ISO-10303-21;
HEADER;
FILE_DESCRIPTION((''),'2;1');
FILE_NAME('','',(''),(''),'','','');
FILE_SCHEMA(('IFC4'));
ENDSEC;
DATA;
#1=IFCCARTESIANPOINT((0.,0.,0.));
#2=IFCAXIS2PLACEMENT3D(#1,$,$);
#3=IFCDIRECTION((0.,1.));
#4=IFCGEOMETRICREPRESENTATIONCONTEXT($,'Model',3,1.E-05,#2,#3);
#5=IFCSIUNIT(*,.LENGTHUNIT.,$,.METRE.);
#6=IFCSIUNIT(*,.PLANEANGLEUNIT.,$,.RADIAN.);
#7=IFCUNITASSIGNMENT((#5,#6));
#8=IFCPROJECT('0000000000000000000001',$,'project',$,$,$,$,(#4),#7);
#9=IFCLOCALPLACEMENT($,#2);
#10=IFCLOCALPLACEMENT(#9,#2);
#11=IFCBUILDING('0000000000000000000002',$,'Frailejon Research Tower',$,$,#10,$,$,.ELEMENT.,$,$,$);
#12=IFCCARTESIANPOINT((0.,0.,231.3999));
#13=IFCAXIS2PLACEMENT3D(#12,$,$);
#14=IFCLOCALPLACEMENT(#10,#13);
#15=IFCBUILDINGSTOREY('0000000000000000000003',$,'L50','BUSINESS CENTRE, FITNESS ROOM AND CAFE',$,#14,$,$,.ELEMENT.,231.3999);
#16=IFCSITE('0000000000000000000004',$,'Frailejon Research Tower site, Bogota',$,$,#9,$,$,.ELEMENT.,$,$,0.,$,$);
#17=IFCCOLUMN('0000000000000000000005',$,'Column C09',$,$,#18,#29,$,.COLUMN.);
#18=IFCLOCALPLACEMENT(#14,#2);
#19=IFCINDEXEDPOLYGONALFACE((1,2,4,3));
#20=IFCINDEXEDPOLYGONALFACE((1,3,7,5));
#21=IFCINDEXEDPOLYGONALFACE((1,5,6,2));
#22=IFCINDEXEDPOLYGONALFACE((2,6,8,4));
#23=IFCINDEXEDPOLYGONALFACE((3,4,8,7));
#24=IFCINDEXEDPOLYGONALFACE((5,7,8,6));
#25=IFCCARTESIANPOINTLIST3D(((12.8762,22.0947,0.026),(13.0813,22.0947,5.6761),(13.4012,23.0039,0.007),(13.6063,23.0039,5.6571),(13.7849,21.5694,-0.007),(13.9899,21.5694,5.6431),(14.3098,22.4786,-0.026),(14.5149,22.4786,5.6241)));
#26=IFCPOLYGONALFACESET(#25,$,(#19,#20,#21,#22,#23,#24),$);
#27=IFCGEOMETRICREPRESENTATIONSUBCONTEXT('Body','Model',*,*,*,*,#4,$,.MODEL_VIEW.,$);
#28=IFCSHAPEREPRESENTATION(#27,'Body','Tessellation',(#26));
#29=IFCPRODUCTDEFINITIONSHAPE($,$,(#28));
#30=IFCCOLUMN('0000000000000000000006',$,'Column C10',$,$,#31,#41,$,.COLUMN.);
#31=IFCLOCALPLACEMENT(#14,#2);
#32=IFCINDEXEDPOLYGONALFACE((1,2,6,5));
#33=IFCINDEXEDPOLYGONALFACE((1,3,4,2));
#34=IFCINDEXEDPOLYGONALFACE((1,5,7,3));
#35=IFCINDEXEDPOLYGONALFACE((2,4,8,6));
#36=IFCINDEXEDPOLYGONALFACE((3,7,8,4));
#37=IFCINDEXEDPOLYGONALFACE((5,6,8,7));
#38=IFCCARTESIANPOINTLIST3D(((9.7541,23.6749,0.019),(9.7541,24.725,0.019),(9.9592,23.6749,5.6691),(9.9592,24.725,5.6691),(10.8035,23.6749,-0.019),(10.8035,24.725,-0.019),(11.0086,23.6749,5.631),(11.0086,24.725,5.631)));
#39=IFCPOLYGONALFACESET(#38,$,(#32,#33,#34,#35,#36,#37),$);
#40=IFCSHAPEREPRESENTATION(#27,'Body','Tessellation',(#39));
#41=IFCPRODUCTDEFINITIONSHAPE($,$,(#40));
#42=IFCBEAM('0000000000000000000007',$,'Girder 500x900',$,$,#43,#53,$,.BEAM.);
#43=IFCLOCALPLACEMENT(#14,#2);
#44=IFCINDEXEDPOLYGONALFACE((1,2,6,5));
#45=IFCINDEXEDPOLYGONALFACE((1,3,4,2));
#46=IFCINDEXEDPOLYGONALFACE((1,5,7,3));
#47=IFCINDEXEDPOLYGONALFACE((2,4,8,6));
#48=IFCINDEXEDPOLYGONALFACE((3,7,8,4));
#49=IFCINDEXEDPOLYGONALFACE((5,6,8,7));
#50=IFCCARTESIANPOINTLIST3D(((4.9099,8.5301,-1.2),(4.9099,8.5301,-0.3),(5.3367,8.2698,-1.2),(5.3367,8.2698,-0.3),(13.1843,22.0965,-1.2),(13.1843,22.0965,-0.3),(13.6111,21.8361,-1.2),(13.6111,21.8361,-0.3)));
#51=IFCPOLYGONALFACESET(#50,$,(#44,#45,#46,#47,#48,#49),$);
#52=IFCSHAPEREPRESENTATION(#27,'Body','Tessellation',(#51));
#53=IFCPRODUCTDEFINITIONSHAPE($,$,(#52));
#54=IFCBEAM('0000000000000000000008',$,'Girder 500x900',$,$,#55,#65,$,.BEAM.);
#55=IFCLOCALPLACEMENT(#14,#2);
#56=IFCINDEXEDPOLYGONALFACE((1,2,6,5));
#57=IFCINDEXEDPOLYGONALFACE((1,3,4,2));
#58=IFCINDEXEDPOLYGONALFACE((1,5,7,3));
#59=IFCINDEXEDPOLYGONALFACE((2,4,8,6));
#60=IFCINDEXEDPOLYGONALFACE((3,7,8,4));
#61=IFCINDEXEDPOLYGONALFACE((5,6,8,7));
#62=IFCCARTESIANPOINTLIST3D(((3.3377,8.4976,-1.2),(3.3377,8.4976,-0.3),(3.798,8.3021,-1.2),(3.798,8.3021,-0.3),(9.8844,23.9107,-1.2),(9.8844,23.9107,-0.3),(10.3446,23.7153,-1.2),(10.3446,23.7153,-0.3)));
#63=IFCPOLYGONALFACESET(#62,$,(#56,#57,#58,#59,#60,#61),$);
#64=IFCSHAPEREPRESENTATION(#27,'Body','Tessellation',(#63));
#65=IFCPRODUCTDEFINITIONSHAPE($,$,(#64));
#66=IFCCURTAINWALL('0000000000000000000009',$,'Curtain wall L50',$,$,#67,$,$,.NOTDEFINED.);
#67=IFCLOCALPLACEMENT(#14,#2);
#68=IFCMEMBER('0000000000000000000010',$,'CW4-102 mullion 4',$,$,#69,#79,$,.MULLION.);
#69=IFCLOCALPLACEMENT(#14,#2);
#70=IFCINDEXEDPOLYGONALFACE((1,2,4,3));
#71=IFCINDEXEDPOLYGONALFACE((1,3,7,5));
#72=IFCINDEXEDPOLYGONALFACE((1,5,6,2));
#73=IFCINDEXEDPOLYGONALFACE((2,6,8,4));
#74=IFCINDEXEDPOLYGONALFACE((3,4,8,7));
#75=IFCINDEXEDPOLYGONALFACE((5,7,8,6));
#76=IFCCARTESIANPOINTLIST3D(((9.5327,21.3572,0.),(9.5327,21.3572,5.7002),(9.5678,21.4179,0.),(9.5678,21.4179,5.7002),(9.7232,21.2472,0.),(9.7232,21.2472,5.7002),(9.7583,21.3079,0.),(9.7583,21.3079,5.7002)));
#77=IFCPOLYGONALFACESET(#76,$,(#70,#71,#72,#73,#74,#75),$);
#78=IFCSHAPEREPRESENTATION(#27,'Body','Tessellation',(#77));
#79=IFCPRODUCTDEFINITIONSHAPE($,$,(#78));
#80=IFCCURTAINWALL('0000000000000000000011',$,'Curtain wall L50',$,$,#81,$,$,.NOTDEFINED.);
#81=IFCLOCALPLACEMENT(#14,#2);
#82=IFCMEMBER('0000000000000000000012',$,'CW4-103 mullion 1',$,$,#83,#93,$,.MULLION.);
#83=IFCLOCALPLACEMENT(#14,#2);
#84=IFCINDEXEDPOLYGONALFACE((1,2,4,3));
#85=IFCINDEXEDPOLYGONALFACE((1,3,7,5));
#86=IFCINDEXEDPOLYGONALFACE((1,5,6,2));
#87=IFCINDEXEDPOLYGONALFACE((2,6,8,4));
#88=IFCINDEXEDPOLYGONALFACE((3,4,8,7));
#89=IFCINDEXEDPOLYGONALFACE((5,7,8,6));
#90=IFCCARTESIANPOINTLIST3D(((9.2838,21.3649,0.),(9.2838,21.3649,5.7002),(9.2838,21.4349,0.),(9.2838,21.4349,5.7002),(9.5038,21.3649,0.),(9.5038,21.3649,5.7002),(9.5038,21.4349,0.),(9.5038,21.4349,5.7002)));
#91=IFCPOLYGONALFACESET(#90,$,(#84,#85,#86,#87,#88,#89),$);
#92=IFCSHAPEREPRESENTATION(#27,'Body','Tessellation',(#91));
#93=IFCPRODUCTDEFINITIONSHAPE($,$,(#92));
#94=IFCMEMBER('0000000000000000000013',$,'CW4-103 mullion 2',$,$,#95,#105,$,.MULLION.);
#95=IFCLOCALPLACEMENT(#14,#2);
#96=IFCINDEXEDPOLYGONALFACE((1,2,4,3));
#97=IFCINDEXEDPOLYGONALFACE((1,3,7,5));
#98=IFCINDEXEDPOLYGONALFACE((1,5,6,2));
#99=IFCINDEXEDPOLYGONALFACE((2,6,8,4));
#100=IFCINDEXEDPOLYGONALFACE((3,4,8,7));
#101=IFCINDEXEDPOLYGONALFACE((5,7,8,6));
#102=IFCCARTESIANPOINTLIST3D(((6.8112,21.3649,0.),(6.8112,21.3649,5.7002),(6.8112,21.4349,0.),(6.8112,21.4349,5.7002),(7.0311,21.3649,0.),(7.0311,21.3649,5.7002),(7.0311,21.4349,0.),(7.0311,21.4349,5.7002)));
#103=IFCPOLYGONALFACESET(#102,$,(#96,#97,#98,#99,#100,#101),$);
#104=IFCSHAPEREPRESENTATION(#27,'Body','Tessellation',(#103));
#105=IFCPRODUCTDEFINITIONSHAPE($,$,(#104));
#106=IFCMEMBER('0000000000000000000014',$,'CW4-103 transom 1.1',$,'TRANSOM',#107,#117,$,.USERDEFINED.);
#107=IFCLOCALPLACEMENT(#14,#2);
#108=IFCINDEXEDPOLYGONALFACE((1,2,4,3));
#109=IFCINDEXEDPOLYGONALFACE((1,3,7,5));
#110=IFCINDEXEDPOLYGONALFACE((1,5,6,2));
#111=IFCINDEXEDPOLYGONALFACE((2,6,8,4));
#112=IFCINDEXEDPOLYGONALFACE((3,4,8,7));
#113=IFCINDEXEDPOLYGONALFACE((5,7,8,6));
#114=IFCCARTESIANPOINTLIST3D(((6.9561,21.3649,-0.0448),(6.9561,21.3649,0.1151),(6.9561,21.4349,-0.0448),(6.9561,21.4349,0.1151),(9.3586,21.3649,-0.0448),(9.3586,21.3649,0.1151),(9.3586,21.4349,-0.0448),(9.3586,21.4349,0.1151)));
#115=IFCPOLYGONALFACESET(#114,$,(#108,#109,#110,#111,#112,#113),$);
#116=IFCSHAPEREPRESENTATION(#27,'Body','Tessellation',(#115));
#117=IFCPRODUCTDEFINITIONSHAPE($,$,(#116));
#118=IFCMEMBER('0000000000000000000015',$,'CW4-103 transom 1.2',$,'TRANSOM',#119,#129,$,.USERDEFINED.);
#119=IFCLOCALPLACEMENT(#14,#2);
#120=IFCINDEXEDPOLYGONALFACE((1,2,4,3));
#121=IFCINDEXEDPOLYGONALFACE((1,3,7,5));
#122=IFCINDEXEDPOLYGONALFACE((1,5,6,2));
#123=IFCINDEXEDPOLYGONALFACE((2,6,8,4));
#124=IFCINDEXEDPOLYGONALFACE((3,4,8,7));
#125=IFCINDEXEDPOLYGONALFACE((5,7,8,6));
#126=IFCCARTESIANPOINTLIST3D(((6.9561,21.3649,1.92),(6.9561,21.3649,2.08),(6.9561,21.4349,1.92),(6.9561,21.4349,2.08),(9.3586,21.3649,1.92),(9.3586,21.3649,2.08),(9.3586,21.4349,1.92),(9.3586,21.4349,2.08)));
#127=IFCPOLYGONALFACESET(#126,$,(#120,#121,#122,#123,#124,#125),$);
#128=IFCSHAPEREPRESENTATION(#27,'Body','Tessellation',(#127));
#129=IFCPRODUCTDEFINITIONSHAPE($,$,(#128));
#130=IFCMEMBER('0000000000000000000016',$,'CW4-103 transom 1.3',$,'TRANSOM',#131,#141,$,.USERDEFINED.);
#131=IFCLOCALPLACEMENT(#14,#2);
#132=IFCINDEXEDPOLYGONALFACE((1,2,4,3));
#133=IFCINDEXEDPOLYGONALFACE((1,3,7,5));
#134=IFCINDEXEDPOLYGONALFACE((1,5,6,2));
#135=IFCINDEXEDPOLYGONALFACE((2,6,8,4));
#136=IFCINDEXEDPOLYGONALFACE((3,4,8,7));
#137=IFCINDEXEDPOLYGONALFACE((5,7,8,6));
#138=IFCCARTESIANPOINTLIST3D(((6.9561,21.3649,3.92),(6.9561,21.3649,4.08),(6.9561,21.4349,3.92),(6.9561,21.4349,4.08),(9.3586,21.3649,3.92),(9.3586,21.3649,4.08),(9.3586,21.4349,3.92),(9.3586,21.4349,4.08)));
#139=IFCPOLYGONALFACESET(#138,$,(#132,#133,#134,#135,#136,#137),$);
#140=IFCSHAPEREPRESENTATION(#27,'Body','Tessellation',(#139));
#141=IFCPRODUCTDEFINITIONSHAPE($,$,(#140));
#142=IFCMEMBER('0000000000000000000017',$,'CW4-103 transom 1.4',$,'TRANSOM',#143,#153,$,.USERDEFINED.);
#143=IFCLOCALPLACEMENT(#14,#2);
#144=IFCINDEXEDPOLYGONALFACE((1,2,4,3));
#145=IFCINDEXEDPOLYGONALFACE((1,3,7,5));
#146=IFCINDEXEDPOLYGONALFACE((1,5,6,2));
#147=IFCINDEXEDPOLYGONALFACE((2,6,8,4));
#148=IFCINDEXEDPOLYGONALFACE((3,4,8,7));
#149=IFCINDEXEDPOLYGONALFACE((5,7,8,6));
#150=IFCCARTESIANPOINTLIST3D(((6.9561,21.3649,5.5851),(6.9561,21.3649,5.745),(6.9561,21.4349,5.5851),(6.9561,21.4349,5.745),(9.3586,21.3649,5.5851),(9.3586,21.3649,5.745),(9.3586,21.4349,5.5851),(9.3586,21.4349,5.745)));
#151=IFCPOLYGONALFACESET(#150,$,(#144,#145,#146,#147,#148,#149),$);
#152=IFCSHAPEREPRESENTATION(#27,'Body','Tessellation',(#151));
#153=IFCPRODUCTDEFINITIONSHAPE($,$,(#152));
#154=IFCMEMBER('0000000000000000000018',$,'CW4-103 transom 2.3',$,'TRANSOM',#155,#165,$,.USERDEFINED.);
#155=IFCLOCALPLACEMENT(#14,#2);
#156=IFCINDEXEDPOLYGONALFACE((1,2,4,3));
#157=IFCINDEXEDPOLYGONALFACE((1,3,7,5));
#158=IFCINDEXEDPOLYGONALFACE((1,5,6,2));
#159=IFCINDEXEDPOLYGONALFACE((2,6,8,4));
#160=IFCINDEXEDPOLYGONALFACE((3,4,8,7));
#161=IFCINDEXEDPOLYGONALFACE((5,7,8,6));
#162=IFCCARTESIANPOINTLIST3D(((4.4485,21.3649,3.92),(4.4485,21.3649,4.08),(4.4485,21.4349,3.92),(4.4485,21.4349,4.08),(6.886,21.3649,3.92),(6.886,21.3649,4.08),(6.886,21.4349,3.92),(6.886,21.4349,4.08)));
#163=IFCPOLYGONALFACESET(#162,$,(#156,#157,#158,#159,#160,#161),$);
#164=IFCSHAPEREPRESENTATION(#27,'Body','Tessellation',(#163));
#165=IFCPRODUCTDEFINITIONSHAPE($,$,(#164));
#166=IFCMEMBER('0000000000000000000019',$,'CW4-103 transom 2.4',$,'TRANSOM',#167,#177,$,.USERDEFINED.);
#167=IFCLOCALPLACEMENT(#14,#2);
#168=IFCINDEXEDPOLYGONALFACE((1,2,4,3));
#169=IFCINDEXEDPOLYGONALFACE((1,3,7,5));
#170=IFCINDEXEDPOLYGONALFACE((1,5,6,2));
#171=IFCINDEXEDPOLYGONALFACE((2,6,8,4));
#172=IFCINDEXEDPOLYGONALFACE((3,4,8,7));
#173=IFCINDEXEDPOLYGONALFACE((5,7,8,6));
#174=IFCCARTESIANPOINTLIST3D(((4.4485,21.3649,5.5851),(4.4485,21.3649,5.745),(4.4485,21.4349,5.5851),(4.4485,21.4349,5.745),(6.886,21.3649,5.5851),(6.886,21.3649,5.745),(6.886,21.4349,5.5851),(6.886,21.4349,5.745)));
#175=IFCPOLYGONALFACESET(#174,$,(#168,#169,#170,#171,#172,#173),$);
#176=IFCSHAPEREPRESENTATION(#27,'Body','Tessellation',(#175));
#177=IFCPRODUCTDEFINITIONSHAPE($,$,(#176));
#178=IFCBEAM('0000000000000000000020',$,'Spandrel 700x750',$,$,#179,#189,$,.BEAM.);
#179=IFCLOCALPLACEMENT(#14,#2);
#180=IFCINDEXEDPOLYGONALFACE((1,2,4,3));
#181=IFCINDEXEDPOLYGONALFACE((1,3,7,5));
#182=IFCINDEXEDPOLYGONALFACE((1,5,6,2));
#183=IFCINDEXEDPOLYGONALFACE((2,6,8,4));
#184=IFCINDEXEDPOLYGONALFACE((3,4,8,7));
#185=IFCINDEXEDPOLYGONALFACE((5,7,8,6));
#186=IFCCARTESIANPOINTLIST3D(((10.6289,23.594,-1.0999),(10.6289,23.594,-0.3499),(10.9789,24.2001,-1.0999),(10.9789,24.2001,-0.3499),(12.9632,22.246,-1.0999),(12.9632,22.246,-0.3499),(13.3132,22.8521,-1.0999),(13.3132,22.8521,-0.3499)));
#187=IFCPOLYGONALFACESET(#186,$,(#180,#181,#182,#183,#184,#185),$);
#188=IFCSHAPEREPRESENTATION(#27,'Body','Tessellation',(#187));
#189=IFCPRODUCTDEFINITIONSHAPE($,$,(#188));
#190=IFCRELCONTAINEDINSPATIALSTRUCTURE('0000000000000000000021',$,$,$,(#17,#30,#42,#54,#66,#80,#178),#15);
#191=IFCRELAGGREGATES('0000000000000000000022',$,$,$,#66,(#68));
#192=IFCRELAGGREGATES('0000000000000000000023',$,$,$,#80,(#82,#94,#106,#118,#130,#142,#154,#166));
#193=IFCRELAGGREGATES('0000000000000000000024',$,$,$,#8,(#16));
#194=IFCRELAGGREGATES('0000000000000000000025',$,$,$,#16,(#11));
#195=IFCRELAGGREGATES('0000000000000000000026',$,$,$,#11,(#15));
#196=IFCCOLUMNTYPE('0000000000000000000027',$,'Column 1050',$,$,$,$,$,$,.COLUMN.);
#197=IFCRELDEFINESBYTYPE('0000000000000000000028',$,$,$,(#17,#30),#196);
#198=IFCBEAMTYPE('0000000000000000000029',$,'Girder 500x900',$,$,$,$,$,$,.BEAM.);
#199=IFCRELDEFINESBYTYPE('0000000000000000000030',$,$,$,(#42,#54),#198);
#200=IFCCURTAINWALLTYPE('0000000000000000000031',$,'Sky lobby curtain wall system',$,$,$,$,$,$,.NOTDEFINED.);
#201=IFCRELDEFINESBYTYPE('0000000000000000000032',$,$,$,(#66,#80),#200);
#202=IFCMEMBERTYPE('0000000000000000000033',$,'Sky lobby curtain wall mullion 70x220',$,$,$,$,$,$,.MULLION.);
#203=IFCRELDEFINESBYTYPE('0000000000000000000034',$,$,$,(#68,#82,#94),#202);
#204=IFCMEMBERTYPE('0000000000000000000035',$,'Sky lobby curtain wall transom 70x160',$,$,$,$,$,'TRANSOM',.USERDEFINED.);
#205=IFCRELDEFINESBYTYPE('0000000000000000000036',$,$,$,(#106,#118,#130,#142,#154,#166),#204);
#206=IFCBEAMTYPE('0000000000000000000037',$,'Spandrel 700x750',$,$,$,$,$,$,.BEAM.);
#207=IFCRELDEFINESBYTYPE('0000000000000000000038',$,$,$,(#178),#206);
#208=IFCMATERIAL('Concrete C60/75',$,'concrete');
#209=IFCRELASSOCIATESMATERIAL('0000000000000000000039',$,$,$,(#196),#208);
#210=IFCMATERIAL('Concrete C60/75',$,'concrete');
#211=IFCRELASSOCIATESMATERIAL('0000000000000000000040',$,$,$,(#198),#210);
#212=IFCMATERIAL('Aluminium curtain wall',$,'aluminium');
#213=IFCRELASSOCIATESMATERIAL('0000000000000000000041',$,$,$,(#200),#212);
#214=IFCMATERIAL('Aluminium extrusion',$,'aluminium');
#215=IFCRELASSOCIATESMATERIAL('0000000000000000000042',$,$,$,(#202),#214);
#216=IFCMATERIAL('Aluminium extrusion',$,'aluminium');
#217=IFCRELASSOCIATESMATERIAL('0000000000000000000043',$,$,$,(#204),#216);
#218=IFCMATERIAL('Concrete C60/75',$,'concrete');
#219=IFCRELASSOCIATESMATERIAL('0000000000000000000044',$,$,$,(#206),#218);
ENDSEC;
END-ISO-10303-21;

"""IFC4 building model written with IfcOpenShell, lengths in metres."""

from ifc_helpers import new_model, si_unit, direction, frame, origin, origin_2d, place, context, subcontext, project, spatial, rectangle, extrude, material, material_profile, profile_set, type_object, element, aggregate, save


model = new_model("IFC4")

# Units and contexts
model_context = context("Model", 3, precision=1e-05, world=origin(), true_north=direction((0.0, 1.0)))
body_context = subcontext(model_context, "Body", "Model", "MODEL_VIEW")
ifc_project = project(units=[si_unit("LENGTHUNIT", "METRE"), si_unit("PLANEANGLEUNIT", "RADIAN")], contexts=[model_context])

# Site, building, storey
site_placement = place(None, origin())
site = spatial("IfcSite", under=ifc_project, at=site_placement, Name="Frailejon Research Tower site, Bogota", CompositionType="ELEMENT", RefElevation=0.0)
building_placement = place(site_placement, origin())
building = spatial("IfcBuilding", under=site, at=building_placement, Name="Frailejon Research Tower", CompositionType="ELEMENT")
storey_placement = place(building_placement, frame((0.0, 0.0, 231.3999)))
storey = spatial("IfcBuildingStorey", under=building, at=storey_placement, Name="L50", Description="BUSINESS CENTRE, FITNESS ROOM AND CAFE", CompositionType="ELEMENT", Elevation=231.3999)

# Columns
ifc_material_1 = material(Name="Concrete C60/75", Category="concrete")
ifc_material_profile_1 = material_profile(ifc_material_1, rectangle(XDim=1.05, YDim=1.05, at=origin_2d()), Name="Column 1050")
ifc_profile_set_1 = profile_set([ifc_material_profile_1], Name="Concrete C60/75")
column_type = type_object("IfcColumnType", Name="Column 1050", PredefinedType="COLUMN", material=ifc_profile_set_1)
for number, where, z_axis, x_axis, name in (
    (1, (13.593, 22.2866, 0.0), (0.036272, 0.0, 0.999342), (-0.865313, 0.500246, 0.031407), "Column C09"),
    (2, (10.2788, 24.2, 0.0), (0.036272, 0.0, 0.999342), (-0.999342, 0.0, 0.036272), "Column C10"),
):
    element("IfcColumn", number, at=place(storey_placement, frame(where, z_axis=z_axis, x_axis=x_axis)), inside=storey, type_object=column_type, Name=name, PredefinedType="COLUMN", context=body_context, shape_type="SweptSolid", body=[
        extrude(rectangle(XDim=1.05, YDim=1.05, at=origin_2d()), origin(), (0.0, 0.0, 1.0), 5.6538),
    ])

# Beams
ifc_material_2 = material(Name="Concrete C60/75", Category="concrete")
ifc_material_profile_2 = material_profile(ifc_material_2, rectangle(XDim=0.5, YDim=0.8999, at=origin_2d()), Name="Girder 500x900")
ifc_profile_set_2 = profile_set([ifc_material_profile_2], Name="Concrete C60/75")
beam_type_1 = type_object("IfcBeamType", Name="Girder 500x900", PredefinedType="BEAM", material=ifc_profile_set_2)
beam_1_placement = place(storey_placement, frame((13.3977, 21.9663, -0.75), z_axis=(-0.520709, -0.853734, 0.0), x_axis=(0.853734, -0.520709, 0.0)))
element("IfcBeam", 3, at=beam_1_placement, inside=storey, type_object=beam_type_1, Name="Girder 500x900", PredefinedType="BEAM", context=body_context, shape_type="SweptSolid", body=[
    extrude(rectangle(XDim=0.5, YDim=0.8999, at=origin_2d()), origin(), (0.0, 0.0, 1.0), 15.8906),
])
beam_2_placement = place(storey_placement, frame((10.1145, 23.813, -0.75), z_axis=(-0.390942, -0.920415, 0.0), x_axis=(0.920415, -0.390942, 0.0)))
element("IfcBeam", 4, at=beam_2_placement, inside=storey, type_object=beam_type_1, Name="Girder 500x900", PredefinedType="BEAM", context=body_context, shape_type="SweptSolid", body=[
    extrude(rectangle(XDim=0.5, YDim=0.8999, at=origin_2d()), origin(), (0.0, 0.0, 1.0), 16.7458),
])

# Curtain wall, member
ifc_material_3 = material(Name="Aluminium curtain wall", Category="aluminium")
curtain_wall_type = type_object("IfcCurtainWallType", Name="Sky lobby curtain wall system", PredefinedType="NOTDEFINED", material=ifc_material_3)
curtain_wall_1_placement = place(storey_placement, origin())
curtain_wall_1 = element("IfcCurtainWall", 5, at=curtain_wall_1_placement, inside=storey, type_object=curtain_wall_type, Name="Curtain wall L50", PredefinedType="NOTDEFINED")
ifc_material_4 = material(Name="Aluminium extrusion", Category="aluminium")
ifc_material_profile_3 = material_profile(ifc_material_4, rectangle(XDim=0.0701, YDim=0.22, at=origin_2d()), Name="Sky lobby curtain wall mullion 70x220")
ifc_profile_set_3 = profile_set([ifc_material_profile_3], Name="Aluminium extrusion")
member_type_1 = type_object("IfcMemberType", Name="Sky lobby curtain wall mullion 70x220", PredefinedType="MULLION", material=ifc_profile_set_3)
member_1_placement = place(storey_placement, frame((9.6455, 21.3325, 0.0), z_axis=(0.0, 0.0, 1.0), x_axis=(-0.500011, -0.866019, 0.0)))
member_1 = element("IfcMember", 6, at=member_1_placement, type_object=member_type_1, Name="CW4-102 mullion 4", PredefinedType="MULLION", context=body_context, shape_type="SweptSolid", body=[
    extrude(rectangle(XDim=0.0701, YDim=0.22, at=origin_2d()), origin(), (0.0, 0.0, 1.0), 5.7002),
])

# Curtain wall, members
curtain_wall_2_placement = place(storey_placement, origin())
curtain_wall_2 = element("IfcCurtainWall", 7, at=curtain_wall_2_placement, inside=storey, type_object=curtain_wall_type, Name="Curtain wall L50", PredefinedType="NOTDEFINED")
member_2_placement = place(storey_placement, frame((9.3938, 21.3999, 0.0), z_axis=(0.0, 0.0, 1.0), x_axis=(0.0, -1.0, 0.0)))
member_2 = element("IfcMember", 8, at=member_2_placement, type_object=member_type_1, Name="CW4-103 mullion 1", PredefinedType="MULLION", context=body_context, shape_type="SweptSolid", body=[
    extrude(rectangle(XDim=0.0701, YDim=0.22, at=origin_2d()), origin(), (0.0, 0.0, 1.0), 5.7002),
])
member_3_placement = place(storey_placement, frame((6.9211, 21.3999, 0.0), z_axis=(0.0, 0.0, 1.0), x_axis=(0.0, -1.0, 0.0)))
member_3 = element("IfcMember", 9, at=member_3_placement, type_object=member_type_1, Name="CW4-103 mullion 2", PredefinedType="MULLION", context=body_context, shape_type="SweptSolid", body=[
    extrude(rectangle(XDim=0.0701, YDim=0.22, at=origin_2d()), origin(), (0.0, 0.0, 1.0), 5.7002),
])
ifc_material_5 = material(Name="Aluminium extrusion", Category="aluminium")
ifc_material_profile_4 = material_profile(ifc_material_5, rectangle(XDim=0.0701, YDim=0.1599, at=origin_2d()), Name="Sky lobby curtain wall transom 70x160")
ifc_profile_set_4 = profile_set([ifc_material_profile_4], Name="Aluminium extrusion")
member_type_2 = type_object("IfcMemberType", Name="Sky lobby curtain wall transom 70x160", ElementType="TRANSOM", PredefinedType="USERDEFINED", material=ifc_profile_set_4)
member_4_placement = place(storey_placement, frame((9.3586, 21.3999, 0.0352), z_axis=(-1.0, 0.0, 0.0), x_axis=(0.0, -1.0, 0.0)))
member_4 = element("IfcMember", 10, at=member_4_placement, type_object=member_type_2, Name="CW4-103 transom 1.1", ObjectType="TRANSOM", PredefinedType="USERDEFINED", context=body_context, shape_type="SweptSolid", body=[
    extrude(rectangle(XDim=0.0701, YDim=0.1599, at=origin_2d()), origin(), (0.0, 0.0, 1.0), 2.4026),
])
member_5_placement = place(storey_placement, frame((9.3586, 21.3999, 2.0), z_axis=(-1.0, 0.0, 0.0), x_axis=(0.0, -1.0, 0.0)))
member_5 = element("IfcMember", 11, at=member_5_placement, type_object=member_type_2, Name="CW4-103 transom 1.2", ObjectType="TRANSOM", PredefinedType="USERDEFINED", context=body_context, shape_type="SweptSolid", body=[
    extrude(rectangle(XDim=0.0701, YDim=0.1599, at=origin_2d()), origin(), (0.0, 0.0, 1.0), 2.4026),
])
member_6_placement = place(storey_placement, frame((9.3586, 21.3999, 4.0), z_axis=(-1.0, 0.0, 0.0), x_axis=(0.0, -1.0, 0.0)))
member_6 = element("IfcMember", 12, at=member_6_placement, type_object=member_type_2, Name="CW4-103 transom 1.3", ObjectType="TRANSOM", PredefinedType="USERDEFINED", context=body_context, shape_type="SweptSolid", body=[
    extrude(rectangle(XDim=0.0701, YDim=0.1599, at=origin_2d()), origin(), (0.0, 0.0, 1.0), 2.4026),
])
member_7_placement = place(storey_placement, frame((9.3586, 21.3999, 5.665), z_axis=(-1.0, 0.0, 0.0), x_axis=(0.0, -1.0, 0.0)))
member_7 = element("IfcMember", 13, at=member_7_placement, type_object=member_type_2, Name="CW4-103 transom 1.4", ObjectType="TRANSOM", PredefinedType="USERDEFINED", context=body_context, shape_type="SweptSolid", body=[
    extrude(rectangle(XDim=0.0701, YDim=0.1599, at=origin_2d()), origin(), (0.0, 0.0, 1.0), 2.4026),
])
member_8_placement = place(storey_placement, frame((6.886, 21.3999, 4.0), z_axis=(-1.0, 0.0, 0.0), x_axis=(0.0, -1.0, 0.0)))
member_8 = element("IfcMember", 14, at=member_8_placement, type_object=member_type_2, Name="CW4-103 transom 2.3", ObjectType="TRANSOM", PredefinedType="USERDEFINED", context=body_context, shape_type="SweptSolid", body=[
    extrude(rectangle(XDim=0.0701, YDim=0.1599, at=origin_2d()), origin(), (0.0, 0.0, 1.0), 2.4375),
])
member_9_placement = place(storey_placement, frame((6.886, 21.3999, 5.665), z_axis=(-1.0, 0.0, 0.0), x_axis=(0.0, -1.0, 0.0)))
member_9 = element("IfcMember", 15, at=member_9_placement, type_object=member_type_2, Name="CW4-103 transom 2.4", ObjectType="TRANSOM", PredefinedType="USERDEFINED", context=body_context, shape_type="SweptSolid", body=[
    extrude(rectangle(XDim=0.0701, YDim=0.1599, at=origin_2d()), origin(), (0.0, 0.0, 1.0), 2.4375),
])

# Beam
ifc_material_6 = material(Name="Concrete C60/75", Category="concrete")
ifc_material_profile_5 = material_profile(ifc_material_6, rectangle(XDim=0.7, YDim=0.75, at=origin_2d()), Name="Spandrel 700x750")
ifc_profile_set_5 = profile_set([ifc_material_profile_5], Name="Concrete C60/75")
beam_type_2 = type_object("IfcBeamType", Name="Spandrel 700x750", PredefinedType="BEAM", material=ifc_profile_set_5)
beam_3_placement = place(storey_placement, frame((13.1382, 22.5491, -0.7249), z_axis=(-0.865988, 0.500065, 0.0), x_axis=(-0.500065, -0.865988, 0.0)))
element("IfcBeam", 16, at=beam_3_placement, inside=storey, type_object=beam_type_2, Name="Spandrel 700x750", PredefinedType="BEAM", context=body_context, shape_type="SweptSolid", body=[
    extrude(rectangle(XDim=0.7, YDim=0.75, at=origin_2d()), origin(), (0.0, 0.0, 1.0), 2.6956),
])

aggregate(curtain_wall_1, [member_1])
aggregate(curtain_wall_2, [member_2, member_3, member_4, member_5, member_6, member_7, member_8, member_9])

save(model, "model.ifc")
